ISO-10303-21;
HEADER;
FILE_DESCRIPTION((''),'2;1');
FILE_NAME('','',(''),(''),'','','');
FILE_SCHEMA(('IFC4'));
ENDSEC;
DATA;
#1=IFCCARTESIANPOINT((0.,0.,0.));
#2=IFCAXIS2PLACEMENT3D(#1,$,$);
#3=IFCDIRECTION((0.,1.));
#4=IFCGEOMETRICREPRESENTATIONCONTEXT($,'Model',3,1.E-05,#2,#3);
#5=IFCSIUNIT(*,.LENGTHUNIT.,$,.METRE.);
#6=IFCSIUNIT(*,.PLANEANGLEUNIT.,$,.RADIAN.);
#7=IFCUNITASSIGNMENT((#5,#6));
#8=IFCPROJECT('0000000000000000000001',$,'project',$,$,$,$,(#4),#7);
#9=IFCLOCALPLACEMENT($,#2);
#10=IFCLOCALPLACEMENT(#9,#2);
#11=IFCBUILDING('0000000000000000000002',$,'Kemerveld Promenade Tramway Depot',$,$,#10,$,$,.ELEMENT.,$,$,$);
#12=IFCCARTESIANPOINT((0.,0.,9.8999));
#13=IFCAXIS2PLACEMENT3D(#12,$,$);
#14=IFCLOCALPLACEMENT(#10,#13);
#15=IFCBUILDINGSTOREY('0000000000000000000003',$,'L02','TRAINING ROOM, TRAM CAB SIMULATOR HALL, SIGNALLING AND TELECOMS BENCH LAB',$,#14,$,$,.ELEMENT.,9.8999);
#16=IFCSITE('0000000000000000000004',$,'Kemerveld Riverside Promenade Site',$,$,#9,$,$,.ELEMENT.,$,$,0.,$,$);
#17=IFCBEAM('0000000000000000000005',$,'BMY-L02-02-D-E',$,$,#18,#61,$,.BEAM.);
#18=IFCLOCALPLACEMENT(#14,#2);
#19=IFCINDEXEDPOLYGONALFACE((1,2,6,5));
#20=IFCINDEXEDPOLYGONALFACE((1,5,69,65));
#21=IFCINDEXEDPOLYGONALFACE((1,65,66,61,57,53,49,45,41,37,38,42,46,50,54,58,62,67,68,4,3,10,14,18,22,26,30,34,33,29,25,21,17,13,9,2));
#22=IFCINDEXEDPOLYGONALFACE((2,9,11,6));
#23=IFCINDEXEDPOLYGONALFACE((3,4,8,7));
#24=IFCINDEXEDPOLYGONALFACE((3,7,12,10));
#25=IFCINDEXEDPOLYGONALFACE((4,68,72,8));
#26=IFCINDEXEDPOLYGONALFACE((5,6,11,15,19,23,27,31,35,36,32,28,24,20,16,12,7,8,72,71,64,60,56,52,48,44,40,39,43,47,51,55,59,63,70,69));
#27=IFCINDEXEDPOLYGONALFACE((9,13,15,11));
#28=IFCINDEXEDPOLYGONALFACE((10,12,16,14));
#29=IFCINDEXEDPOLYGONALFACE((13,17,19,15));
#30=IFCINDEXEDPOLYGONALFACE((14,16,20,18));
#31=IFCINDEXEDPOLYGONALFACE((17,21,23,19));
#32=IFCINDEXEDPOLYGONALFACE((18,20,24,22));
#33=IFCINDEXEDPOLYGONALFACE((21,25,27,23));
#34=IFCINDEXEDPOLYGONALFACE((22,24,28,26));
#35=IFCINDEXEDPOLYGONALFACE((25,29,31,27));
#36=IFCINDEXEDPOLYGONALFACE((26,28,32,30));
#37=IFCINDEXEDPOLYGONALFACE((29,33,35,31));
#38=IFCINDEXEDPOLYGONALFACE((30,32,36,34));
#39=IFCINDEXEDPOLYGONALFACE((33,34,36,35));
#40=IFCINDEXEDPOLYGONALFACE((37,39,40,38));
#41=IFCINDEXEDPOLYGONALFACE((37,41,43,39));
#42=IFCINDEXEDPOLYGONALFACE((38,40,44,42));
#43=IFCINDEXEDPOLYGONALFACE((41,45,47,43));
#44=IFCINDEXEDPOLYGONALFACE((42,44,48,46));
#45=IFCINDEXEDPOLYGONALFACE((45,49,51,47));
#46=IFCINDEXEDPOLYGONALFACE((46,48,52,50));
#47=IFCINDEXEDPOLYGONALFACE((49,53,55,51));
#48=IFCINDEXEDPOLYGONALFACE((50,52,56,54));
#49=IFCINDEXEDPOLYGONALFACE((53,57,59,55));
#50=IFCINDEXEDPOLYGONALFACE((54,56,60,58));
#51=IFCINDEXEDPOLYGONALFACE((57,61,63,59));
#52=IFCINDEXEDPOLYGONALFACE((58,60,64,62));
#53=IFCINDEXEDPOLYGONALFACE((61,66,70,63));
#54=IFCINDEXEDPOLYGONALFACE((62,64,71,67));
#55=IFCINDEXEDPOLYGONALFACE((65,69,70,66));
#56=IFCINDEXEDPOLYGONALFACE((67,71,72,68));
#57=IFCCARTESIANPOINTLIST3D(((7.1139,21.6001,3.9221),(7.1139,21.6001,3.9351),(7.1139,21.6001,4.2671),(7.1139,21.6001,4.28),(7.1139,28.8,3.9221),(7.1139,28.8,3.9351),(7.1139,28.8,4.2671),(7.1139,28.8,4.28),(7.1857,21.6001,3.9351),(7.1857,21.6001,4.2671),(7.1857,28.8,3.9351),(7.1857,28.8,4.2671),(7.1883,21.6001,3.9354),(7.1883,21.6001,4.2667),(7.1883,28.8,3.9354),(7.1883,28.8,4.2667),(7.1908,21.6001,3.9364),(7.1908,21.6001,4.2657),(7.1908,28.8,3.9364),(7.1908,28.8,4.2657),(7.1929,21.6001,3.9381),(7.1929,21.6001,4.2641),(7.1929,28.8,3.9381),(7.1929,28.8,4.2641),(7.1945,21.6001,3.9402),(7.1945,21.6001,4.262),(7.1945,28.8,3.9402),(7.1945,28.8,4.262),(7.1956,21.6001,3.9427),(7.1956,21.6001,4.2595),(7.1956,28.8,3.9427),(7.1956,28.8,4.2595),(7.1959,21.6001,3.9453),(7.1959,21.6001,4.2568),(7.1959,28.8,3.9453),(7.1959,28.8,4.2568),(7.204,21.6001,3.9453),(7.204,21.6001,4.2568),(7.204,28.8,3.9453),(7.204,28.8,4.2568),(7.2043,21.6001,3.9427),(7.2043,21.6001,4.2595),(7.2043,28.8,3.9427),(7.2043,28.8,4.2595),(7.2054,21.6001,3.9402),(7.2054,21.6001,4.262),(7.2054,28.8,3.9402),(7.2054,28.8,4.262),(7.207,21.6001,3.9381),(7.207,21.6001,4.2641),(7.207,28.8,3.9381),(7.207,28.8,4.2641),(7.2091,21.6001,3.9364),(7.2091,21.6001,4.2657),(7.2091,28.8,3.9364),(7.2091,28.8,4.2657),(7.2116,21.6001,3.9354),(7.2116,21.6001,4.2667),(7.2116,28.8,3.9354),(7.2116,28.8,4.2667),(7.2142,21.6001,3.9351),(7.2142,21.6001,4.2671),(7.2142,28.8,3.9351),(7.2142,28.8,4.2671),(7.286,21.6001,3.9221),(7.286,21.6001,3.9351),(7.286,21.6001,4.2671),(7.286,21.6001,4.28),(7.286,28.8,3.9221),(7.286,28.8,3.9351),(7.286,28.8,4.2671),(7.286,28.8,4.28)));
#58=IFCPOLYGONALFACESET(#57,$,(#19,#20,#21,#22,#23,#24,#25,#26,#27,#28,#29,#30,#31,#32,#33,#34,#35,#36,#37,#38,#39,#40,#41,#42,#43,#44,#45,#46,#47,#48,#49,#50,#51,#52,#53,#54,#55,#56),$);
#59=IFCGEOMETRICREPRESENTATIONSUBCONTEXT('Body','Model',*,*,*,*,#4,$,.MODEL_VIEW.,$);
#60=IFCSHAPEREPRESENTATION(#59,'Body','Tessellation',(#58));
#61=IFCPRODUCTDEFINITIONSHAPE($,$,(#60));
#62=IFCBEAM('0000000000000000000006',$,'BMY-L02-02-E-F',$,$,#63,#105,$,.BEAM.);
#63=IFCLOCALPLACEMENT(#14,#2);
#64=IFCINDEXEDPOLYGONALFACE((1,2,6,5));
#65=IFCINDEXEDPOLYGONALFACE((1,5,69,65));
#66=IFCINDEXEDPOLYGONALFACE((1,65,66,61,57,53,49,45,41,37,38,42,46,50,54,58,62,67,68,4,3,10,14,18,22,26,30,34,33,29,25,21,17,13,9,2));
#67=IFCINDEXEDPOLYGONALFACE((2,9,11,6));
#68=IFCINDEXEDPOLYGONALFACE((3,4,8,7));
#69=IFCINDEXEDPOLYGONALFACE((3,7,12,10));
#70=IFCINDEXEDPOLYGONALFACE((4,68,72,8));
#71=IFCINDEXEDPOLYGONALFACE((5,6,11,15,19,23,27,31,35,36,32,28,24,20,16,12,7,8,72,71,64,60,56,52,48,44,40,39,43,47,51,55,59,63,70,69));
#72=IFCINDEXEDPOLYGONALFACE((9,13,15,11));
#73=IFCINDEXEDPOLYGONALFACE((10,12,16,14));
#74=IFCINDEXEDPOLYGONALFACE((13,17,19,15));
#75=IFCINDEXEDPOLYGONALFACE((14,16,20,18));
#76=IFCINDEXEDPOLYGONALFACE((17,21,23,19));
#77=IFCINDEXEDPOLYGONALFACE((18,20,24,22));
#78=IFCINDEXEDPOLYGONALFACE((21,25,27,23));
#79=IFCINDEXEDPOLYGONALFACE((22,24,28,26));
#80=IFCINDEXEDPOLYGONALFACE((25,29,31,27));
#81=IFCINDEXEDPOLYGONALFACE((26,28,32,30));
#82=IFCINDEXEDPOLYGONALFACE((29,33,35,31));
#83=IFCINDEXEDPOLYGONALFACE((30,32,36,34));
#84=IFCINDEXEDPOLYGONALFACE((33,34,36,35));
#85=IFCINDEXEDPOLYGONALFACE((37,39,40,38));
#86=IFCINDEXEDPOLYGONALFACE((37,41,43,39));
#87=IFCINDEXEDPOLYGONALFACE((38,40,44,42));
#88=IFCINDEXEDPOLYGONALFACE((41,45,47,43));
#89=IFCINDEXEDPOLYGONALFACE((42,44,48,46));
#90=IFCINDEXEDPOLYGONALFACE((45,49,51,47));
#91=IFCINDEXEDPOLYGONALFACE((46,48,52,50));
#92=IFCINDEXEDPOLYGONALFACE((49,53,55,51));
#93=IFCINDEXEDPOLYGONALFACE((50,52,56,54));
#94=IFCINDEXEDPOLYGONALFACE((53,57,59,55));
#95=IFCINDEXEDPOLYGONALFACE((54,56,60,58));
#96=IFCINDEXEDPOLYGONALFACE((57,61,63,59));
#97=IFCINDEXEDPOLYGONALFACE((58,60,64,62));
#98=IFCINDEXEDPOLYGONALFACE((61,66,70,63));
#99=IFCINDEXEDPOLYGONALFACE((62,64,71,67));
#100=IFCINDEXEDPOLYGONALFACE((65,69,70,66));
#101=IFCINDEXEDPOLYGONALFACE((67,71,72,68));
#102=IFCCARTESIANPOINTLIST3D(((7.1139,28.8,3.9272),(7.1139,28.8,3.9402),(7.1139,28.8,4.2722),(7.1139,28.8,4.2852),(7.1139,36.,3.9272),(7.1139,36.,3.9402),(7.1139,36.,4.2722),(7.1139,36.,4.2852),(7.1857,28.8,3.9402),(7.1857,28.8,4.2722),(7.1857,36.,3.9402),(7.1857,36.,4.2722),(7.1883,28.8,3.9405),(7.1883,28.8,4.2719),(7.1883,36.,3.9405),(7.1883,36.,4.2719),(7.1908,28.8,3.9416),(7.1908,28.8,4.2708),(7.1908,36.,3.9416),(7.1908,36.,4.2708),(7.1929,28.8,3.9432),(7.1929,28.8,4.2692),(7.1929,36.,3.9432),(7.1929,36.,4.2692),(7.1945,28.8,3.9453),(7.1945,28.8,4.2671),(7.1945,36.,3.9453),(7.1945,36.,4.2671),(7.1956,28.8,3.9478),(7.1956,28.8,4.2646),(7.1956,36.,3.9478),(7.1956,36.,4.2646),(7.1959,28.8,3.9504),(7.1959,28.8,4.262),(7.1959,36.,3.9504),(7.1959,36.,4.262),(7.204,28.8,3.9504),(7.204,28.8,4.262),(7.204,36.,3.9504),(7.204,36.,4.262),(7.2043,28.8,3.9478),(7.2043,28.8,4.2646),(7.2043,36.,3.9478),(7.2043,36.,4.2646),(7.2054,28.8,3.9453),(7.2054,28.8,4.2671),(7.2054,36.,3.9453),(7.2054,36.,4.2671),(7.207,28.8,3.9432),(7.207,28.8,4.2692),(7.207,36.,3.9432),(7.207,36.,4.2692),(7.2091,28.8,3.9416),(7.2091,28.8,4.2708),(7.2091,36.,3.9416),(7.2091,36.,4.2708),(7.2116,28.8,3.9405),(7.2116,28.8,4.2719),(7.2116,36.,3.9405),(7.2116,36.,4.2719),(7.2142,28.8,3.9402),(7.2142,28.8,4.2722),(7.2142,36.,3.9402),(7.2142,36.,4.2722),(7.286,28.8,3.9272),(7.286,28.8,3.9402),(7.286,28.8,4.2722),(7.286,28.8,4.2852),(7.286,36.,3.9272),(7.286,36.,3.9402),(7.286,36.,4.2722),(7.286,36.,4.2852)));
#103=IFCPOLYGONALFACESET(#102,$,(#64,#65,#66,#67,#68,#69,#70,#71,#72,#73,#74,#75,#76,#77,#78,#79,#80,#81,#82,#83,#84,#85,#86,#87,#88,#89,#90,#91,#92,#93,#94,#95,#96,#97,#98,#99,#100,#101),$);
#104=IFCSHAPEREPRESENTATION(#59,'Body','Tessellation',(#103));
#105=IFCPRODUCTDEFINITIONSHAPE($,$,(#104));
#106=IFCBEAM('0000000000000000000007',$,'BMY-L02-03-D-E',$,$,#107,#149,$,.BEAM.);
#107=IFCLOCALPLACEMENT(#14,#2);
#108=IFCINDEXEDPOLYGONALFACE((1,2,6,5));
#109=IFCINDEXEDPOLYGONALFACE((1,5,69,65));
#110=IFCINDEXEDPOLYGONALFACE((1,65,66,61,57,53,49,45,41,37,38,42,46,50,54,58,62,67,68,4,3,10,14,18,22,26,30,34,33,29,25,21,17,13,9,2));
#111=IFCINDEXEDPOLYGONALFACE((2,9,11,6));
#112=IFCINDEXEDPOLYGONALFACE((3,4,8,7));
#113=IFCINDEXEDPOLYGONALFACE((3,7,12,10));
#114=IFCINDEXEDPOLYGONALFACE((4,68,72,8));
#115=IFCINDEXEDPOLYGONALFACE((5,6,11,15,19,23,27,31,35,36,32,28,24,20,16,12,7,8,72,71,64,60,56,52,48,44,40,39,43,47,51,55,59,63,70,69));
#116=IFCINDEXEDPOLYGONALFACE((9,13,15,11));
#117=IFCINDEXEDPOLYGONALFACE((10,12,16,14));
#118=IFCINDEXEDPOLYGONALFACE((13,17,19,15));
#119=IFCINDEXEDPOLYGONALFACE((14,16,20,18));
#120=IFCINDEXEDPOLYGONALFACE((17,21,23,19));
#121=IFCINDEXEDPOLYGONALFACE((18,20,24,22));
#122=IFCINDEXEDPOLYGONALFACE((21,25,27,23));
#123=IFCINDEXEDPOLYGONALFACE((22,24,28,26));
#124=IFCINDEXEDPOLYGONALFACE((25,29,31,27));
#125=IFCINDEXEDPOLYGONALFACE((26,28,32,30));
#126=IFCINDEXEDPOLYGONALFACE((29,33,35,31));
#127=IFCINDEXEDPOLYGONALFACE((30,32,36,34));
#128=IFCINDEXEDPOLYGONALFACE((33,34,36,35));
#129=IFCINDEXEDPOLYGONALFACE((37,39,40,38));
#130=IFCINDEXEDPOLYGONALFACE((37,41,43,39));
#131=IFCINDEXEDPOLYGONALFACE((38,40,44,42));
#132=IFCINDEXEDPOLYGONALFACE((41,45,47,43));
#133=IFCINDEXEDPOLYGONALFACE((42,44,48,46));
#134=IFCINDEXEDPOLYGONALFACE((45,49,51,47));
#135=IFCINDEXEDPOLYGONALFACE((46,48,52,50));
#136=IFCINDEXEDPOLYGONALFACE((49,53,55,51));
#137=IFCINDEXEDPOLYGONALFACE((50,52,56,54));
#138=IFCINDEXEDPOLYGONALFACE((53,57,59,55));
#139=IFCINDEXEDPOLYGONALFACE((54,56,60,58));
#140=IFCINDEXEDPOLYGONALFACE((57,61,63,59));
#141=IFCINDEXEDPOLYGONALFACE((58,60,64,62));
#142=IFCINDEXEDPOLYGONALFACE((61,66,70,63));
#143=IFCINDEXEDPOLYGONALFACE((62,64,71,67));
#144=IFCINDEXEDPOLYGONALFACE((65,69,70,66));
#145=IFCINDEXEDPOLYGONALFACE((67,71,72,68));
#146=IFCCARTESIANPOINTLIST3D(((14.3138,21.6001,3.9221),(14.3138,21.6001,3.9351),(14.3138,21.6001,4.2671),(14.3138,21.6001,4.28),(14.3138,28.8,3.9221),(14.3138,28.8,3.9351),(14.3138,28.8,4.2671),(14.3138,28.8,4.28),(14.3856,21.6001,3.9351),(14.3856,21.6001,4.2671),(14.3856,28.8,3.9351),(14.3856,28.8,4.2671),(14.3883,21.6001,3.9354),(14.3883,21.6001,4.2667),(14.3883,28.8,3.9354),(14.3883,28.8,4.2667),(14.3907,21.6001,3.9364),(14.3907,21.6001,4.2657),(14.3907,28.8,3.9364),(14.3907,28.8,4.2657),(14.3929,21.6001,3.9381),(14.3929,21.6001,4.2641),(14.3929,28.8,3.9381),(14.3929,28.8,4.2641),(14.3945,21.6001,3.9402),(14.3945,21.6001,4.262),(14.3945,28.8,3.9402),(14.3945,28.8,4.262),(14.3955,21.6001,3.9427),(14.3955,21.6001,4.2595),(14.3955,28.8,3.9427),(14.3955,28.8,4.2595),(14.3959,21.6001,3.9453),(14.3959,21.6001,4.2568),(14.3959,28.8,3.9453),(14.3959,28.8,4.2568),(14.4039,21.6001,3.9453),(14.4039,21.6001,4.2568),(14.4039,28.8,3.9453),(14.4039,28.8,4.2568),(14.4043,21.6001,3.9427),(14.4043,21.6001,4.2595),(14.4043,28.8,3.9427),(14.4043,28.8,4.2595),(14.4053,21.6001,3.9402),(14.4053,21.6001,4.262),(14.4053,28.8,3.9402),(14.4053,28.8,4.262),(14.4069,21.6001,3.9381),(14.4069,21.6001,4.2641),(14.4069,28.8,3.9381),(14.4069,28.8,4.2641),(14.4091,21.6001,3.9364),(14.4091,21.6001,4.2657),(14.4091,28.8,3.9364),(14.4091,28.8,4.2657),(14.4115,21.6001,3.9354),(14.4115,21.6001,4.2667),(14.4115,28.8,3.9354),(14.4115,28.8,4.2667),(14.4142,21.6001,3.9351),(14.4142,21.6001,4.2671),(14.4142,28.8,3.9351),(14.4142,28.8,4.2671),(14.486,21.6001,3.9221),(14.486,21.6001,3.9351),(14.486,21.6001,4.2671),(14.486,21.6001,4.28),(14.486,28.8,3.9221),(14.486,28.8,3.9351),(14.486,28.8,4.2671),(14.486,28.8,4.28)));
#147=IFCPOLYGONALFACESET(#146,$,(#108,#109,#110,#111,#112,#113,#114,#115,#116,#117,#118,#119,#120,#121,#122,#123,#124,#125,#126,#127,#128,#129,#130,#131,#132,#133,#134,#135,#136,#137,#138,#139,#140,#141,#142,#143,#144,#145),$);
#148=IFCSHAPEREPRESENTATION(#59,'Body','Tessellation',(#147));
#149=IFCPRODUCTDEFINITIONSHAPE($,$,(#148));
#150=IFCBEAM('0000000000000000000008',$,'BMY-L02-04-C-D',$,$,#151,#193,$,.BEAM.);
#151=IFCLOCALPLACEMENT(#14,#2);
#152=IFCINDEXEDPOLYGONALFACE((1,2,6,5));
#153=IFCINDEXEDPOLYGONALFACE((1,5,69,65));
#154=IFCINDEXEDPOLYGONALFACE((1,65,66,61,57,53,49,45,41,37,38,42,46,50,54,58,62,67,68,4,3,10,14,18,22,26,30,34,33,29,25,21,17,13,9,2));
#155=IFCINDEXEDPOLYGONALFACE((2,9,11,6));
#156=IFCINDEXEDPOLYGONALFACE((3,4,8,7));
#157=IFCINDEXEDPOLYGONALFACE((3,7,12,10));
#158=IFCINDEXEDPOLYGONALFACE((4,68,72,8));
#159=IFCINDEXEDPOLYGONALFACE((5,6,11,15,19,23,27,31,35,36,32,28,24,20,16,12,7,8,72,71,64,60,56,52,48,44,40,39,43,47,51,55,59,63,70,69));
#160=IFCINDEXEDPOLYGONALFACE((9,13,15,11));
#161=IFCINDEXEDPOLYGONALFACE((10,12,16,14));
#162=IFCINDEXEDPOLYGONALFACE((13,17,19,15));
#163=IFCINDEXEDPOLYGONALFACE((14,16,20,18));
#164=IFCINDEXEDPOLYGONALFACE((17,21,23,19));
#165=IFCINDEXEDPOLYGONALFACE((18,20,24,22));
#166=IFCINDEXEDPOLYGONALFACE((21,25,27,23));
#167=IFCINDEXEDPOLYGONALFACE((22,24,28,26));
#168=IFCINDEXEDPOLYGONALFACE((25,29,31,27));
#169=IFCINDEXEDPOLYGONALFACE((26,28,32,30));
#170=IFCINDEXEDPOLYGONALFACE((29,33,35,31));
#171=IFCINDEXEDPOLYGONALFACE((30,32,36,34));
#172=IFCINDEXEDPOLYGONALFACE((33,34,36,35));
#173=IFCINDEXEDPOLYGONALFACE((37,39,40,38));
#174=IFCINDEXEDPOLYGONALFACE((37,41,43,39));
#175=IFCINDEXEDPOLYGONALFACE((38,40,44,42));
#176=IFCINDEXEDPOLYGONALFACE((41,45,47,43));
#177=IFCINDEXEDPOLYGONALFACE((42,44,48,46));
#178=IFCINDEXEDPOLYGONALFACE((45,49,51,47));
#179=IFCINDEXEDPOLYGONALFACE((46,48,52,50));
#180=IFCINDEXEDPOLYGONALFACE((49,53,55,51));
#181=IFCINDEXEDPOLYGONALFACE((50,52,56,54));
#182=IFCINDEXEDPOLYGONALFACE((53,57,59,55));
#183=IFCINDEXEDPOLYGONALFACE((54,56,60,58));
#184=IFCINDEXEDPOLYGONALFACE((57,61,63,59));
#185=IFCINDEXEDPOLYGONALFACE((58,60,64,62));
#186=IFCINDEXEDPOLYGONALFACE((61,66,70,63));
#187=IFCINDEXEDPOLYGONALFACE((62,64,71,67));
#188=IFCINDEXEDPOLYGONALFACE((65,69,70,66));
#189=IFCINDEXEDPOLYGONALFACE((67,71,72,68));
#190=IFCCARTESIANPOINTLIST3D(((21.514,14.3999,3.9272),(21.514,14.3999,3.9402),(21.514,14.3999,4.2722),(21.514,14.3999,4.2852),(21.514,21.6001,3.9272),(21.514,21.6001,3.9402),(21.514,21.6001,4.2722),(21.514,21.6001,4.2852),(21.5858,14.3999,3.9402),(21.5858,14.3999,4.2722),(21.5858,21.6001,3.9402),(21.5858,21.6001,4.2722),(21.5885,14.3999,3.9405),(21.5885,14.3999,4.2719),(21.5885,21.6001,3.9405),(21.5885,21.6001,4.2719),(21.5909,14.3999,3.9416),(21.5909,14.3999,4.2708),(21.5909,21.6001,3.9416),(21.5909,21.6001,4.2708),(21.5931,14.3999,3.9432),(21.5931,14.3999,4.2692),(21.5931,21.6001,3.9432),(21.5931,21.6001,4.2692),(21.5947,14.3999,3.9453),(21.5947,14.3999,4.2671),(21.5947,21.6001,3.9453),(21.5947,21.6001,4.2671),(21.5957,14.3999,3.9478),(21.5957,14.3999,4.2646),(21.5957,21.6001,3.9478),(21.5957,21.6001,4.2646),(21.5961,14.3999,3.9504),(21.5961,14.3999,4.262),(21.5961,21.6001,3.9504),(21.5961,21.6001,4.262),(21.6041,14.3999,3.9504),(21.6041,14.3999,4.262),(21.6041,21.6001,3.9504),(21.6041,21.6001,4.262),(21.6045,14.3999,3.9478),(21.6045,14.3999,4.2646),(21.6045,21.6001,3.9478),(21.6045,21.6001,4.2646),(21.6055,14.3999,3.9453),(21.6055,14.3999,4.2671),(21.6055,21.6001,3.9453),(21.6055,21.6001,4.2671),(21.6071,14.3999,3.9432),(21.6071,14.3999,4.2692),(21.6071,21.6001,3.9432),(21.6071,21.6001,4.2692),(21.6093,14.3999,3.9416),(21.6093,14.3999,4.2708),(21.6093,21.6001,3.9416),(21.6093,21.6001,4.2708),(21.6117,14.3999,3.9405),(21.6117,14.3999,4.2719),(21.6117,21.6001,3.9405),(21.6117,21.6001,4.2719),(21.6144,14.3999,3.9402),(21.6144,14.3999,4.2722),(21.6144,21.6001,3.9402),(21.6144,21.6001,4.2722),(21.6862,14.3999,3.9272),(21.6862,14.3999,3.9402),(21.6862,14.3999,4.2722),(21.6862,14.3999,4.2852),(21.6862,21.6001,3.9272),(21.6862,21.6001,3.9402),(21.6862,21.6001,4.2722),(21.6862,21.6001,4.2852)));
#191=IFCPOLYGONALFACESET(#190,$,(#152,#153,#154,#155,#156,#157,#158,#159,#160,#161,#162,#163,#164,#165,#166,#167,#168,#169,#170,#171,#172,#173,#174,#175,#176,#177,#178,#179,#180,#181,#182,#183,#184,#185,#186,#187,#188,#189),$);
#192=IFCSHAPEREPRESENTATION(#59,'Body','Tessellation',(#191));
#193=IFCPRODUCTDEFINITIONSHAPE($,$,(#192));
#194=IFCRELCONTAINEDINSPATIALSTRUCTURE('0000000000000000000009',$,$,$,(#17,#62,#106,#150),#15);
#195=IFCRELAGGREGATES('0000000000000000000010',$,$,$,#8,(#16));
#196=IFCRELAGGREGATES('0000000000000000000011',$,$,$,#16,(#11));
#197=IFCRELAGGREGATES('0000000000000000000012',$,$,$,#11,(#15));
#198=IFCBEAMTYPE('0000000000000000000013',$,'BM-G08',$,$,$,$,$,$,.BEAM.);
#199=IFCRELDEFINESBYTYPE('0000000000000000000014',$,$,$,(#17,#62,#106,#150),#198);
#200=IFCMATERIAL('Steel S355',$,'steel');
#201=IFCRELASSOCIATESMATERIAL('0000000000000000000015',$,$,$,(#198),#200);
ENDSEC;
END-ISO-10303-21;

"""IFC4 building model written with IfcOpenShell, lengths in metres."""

from ifc_helpers import new_model, si_unit, direction, frame, origin, origin_2d, place, context, subcontext, project, spatial, i_section, extrude, material, material_profile, profile_set, type_object, element, save


model = new_model("IFC4")

# Units and contexts
model_context = context("Model", 3, precision=1e-05, world=origin(), true_north=direction((0.0, 1.0)))
body_context = subcontext(model_context, "Body", "Model", "MODEL_VIEW")
ifc_project = project(units=[si_unit("LENGTHUNIT", "METRE"), si_unit("PLANEANGLEUNIT", "RADIAN")], contexts=[model_context])

# Site, building, storey
site_placement = place(None, origin())
site = spatial("IfcSite", under=ifc_project, at=site_placement, Name="Kemerveld Riverside Promenade Site", CompositionType="ELEMENT", RefElevation=0.0)
building_placement = place(site_placement, origin())
building = spatial("IfcBuilding", under=site, at=building_placement, Name="Kemerveld Promenade Tramway Depot", CompositionType="ELEMENT")
storey_placement = place(building_placement, frame((0.0, 0.0, 9.8999)))
storey = spatial("IfcBuildingStorey", under=building, at=storey_placement, Name="L02", Description="TRAINING ROOM, TRAM CAB SIMULATOR HALL, SIGNALLING AND TELECOMS BENCH LAB", CompositionType="ELEMENT", Elevation=9.8999)

# Shared definitions
ifc_material_1 = material(Name="Steel S355", Category="steel")

# Beams
ifc_material_profile_1 = material_profile(ifc_material_1, i_section(OverallWidth=0.1721, OverallDepth=0.3579, WebThickness=0.0081, FlangeThickness=0.0129, FilletRadius=0.0103, at=origin_2d()), Name="356x171x57 UB")
ifc_profile_set_1 = profile_set([ifc_material_profile_1], Name="Steel S355")
beam_type_1 = type_object("IfcBeamType", Name="BM-G08", PredefinedType="BEAM", material=ifc_profile_set_1)
for number, where, z_axis, x_axis, name in (
    (1, (7.2, 21.6001, 4.1011), (0.0, 1.0, 0.0), (-1.0, 0.0, 0.0), "BMY-L02-02-D-E"),
    (2, (7.2, 28.8, 4.1062), (0.0, 1.0, 0.0), (-1.0, 0.0, 0.0), "BMY-L02-02-E-F"),
    (3, (14.3999, 21.6001, 4.1011), (0.0, 1.0, 0.0), (-1.0, 0.0, 0.0), "BMY-L02-03-D-E"),
):
    element("IfcBeam", number, at=place(storey_placement, frame(where, z_axis=z_axis, x_axis=x_axis)), inside=storey, type_object=beam_type_1, Name=name, PredefinedType="BEAM", context=body_context, shape_type="SweptSolid", body=[
        extrude(i_section(OverallWidth=0.1721, OverallDepth=0.3579, WebThickness=0.0081, FlangeThickness=0.0129, FilletRadius=0.0103, at=origin_2d()), origin(), (0.0, 0.0, 1.0), 7.2),
    ])
beam_1_placement = place(storey_placement, frame((21.6001, 14.3999, 4.1062), z_axis=(0.0, 1.0, 0.0), x_axis=(-1.0, 0.0, 0.0)))
element("IfcBeam", 4, at=beam_1_placement, inside=storey, type_object=beam_type_1, Name="BMY-L02-04-C-D", PredefinedType="BEAM", context=body_context, shape_type="SweptSolid", body=[
    extrude(i_section(OverallWidth=0.1721, OverallDepth=0.3579, WebThickness=0.0081, FlangeThickness=0.0129, FilletRadius=0.0103, at=origin_2d()), origin(), (0.0, 0.0, 1.0), 7.2002),
])

save(model, "model.ifc")
